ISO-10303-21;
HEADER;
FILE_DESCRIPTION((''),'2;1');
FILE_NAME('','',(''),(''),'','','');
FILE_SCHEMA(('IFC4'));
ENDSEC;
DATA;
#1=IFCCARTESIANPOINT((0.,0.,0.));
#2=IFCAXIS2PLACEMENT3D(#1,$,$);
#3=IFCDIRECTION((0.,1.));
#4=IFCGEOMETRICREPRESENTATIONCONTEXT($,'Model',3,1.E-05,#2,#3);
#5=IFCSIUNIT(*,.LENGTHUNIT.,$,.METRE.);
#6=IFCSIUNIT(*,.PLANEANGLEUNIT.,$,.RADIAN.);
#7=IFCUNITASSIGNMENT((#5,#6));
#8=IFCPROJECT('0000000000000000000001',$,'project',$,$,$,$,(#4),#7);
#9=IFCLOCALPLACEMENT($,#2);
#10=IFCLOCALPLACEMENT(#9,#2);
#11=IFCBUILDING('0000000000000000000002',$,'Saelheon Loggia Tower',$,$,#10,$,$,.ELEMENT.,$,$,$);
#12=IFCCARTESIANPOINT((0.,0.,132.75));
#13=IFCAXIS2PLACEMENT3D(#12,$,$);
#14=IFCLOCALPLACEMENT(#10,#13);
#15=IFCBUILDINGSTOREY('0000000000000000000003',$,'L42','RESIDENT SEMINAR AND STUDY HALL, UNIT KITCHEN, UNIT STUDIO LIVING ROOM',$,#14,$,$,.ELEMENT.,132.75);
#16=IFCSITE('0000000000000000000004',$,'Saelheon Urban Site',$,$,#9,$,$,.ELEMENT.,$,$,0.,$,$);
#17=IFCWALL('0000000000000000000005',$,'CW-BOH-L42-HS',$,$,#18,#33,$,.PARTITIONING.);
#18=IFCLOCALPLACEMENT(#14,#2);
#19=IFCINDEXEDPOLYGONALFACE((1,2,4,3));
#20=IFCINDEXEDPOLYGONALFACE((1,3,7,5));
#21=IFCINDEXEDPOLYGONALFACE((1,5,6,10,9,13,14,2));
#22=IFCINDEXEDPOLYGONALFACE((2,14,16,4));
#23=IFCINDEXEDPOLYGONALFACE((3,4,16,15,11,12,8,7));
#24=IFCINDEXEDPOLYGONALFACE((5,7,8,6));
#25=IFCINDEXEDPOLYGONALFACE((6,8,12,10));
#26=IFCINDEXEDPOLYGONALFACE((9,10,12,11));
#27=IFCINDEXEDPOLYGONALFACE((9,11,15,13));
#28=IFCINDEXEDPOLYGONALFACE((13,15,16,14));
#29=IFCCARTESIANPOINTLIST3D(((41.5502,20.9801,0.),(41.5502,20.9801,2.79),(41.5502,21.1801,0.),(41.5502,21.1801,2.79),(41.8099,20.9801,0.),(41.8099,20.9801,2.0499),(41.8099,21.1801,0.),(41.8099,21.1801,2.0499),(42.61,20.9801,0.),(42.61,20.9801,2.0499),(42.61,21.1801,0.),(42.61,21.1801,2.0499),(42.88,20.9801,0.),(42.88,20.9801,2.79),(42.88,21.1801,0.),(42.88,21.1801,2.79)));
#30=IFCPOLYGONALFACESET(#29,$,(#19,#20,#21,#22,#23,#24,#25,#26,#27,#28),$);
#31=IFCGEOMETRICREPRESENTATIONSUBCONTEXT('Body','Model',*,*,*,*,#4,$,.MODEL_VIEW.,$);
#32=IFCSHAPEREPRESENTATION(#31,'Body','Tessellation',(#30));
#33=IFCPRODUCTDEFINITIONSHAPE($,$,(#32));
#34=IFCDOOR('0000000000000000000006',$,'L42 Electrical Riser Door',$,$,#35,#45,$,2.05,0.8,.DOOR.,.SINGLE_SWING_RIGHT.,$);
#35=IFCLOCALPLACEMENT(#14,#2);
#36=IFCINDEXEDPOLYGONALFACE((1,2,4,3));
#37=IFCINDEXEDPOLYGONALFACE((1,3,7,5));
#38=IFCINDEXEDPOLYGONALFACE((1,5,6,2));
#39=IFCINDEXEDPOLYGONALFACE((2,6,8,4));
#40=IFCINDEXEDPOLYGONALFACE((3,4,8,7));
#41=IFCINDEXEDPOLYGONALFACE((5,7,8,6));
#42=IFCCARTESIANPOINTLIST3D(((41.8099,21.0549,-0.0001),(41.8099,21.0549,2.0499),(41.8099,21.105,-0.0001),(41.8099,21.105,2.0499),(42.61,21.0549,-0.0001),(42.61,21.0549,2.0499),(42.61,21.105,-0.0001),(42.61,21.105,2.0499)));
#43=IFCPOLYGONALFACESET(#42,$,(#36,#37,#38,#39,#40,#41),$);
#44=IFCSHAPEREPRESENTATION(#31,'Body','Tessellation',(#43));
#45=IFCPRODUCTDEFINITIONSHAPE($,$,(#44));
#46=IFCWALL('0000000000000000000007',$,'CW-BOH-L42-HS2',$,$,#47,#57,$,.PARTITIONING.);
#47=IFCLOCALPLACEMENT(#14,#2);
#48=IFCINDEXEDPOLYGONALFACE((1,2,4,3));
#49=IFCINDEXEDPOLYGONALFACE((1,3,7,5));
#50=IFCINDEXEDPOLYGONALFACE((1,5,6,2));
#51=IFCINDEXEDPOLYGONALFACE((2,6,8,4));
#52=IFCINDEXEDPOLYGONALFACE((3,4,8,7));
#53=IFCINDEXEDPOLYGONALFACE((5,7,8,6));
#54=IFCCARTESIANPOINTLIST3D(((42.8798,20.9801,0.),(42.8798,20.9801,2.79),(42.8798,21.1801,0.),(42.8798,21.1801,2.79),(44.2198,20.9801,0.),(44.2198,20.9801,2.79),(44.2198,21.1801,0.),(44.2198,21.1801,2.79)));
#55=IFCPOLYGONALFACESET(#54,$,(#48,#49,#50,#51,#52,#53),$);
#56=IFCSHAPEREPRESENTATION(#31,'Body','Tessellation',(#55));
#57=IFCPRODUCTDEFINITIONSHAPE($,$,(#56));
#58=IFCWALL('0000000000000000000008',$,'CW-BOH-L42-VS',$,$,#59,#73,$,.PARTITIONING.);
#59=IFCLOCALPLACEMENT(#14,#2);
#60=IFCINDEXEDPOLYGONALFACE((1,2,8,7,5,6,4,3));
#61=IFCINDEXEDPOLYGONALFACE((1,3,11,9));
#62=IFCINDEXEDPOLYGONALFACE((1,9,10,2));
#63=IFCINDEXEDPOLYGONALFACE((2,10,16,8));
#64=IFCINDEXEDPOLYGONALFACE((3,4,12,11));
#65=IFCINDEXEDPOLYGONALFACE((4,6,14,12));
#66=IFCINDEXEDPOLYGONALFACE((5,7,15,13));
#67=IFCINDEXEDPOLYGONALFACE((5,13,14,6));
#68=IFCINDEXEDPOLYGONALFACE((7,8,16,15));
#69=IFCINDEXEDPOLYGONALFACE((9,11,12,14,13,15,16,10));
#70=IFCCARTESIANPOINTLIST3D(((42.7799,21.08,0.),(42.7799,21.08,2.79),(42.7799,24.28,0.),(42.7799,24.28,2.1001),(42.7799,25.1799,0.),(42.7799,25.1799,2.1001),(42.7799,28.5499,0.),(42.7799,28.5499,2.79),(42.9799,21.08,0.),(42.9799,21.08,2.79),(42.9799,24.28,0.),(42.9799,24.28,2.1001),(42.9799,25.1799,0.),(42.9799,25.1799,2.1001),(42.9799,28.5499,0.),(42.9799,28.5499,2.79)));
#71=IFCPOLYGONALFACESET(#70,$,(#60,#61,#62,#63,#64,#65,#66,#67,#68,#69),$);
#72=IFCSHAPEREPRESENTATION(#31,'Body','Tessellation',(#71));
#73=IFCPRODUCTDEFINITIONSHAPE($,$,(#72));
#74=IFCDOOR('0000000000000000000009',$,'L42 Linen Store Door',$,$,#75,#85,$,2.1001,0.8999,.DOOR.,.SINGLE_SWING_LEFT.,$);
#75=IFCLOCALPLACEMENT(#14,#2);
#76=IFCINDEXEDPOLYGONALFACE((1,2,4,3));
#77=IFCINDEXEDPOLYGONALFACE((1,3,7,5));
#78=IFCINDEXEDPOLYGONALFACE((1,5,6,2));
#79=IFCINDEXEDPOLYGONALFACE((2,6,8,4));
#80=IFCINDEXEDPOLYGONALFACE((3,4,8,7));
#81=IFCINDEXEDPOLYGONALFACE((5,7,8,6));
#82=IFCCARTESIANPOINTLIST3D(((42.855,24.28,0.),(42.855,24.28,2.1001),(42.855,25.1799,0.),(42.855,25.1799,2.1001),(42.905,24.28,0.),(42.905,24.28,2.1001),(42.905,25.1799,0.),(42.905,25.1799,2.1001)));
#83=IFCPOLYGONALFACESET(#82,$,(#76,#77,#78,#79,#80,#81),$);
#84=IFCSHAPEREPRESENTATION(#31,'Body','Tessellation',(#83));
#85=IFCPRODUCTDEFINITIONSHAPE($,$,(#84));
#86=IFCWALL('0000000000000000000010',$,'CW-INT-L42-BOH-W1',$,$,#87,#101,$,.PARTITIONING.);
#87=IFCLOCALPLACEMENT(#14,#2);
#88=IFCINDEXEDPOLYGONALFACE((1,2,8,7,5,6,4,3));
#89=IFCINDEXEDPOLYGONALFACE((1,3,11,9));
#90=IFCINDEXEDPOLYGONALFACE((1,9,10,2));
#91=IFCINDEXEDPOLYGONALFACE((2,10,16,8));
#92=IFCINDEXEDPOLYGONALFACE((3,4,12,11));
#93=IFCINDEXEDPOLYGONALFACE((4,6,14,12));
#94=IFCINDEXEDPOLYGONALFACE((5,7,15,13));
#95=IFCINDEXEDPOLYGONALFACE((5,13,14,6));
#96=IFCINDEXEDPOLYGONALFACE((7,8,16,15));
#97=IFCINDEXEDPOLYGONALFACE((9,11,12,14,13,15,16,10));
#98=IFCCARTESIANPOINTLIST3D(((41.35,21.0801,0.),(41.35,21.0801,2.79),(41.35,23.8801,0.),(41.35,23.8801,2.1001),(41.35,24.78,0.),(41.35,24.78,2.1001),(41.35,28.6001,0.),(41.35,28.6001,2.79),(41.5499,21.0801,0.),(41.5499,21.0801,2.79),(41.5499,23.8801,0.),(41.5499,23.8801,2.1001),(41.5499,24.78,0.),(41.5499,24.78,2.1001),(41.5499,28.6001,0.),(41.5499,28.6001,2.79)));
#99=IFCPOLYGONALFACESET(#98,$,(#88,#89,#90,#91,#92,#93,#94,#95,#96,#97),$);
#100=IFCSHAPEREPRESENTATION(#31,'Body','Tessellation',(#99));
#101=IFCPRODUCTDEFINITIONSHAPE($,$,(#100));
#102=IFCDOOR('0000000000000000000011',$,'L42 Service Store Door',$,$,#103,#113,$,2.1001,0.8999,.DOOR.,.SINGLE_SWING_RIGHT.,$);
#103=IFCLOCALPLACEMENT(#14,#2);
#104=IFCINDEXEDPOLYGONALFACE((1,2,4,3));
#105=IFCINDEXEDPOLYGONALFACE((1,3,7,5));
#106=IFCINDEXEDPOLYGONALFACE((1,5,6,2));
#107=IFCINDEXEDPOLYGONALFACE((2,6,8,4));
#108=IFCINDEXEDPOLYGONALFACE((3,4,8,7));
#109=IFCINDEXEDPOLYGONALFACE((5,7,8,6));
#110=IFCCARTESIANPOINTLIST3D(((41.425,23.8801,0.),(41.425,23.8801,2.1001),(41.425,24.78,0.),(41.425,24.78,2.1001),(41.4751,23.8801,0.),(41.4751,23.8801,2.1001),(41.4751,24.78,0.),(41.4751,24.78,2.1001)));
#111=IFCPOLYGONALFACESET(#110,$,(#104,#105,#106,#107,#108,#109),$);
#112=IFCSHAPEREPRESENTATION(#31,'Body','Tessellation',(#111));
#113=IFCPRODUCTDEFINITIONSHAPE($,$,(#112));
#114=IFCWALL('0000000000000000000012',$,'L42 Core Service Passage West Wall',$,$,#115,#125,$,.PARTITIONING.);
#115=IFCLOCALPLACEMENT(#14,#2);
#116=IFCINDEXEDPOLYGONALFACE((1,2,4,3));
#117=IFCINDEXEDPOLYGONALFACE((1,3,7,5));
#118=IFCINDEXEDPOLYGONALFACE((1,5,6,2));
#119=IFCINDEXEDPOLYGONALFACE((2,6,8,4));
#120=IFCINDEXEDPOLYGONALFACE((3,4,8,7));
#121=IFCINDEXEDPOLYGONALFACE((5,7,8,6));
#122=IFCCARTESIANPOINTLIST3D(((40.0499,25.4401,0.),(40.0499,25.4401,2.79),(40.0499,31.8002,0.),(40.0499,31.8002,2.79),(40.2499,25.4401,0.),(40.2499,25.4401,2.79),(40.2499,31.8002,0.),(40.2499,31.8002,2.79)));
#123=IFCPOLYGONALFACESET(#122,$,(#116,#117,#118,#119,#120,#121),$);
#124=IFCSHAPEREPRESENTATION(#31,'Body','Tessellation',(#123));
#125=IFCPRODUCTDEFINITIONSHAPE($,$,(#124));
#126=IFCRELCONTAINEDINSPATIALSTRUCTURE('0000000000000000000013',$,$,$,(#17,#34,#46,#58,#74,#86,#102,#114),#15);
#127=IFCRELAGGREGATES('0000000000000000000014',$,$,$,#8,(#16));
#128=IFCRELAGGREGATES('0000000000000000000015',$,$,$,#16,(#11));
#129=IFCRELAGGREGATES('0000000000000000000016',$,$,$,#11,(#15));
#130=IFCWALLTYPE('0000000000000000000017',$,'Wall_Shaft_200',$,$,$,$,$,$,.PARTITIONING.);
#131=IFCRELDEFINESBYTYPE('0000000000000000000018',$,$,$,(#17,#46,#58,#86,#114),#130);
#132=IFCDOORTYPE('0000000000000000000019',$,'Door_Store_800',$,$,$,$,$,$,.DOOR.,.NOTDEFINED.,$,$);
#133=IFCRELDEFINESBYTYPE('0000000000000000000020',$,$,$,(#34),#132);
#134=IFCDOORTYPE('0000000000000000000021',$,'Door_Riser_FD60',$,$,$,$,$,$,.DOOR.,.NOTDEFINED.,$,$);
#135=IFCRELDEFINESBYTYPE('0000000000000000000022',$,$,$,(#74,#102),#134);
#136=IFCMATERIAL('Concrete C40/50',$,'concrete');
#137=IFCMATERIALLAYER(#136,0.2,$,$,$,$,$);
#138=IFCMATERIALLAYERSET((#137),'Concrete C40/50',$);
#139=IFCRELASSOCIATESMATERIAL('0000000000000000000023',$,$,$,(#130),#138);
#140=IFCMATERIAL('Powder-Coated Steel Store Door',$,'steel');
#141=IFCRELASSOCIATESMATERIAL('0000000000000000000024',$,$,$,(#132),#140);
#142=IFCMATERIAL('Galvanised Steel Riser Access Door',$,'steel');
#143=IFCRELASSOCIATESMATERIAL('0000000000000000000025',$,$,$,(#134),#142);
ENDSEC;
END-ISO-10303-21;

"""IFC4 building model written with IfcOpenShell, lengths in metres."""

from ifc_helpers import new_model, si_unit, direction, frame, frame_2d, origin, place, context, subcontext, project, spatial, rectangle, extrude, source, transform, mapped, material, layer, layer_set, type_object, element, fill, save


model = new_model("IFC4")

# Units and contexts
model_context = context("Model", 3, precision=1e-05, world=origin(), true_north=direction((0.0, 1.0)))
body_context = subcontext(model_context, "Body", "Model", "MODEL_VIEW")
ifc_project = project(units=[si_unit("LENGTHUNIT", "METRE"), si_unit("PLANEANGLEUNIT", "RADIAN")], contexts=[model_context])

# Site, building, storey
site_placement = place(None, origin())
site = spatial("IfcSite", under=ifc_project, at=site_placement, Name="Saelheon Urban Site", CompositionType="ELEMENT", RefElevation=0.0)
building_placement = place(site_placement, origin())
building = spatial("IfcBuilding", under=site, at=building_placement, Name="Saelheon Loggia Tower", CompositionType="ELEMENT")
storey_placement = place(building_placement, frame((0.0, 0.0, 132.75)))
storey = spatial("IfcBuildingStorey", under=building, at=storey_placement, Name="L42", Description="RESIDENT SEMINAR AND STUDY HALL, UNIT KITCHEN, UNIT STUDIO LIVING ROOM", CompositionType="ELEMENT", Elevation=132.75)

# Wall, opening, door
ifc_material_1 = material(Name="Concrete C40/50", Category="concrete")
ifc_layer = layer(ifc_material_1, 0.2)
ifc_layer_set = layer_set([ifc_layer], Name="Concrete C40/50")
wall_type = type_object("IfcWallType", Name="Wall_Shaft_200", PredefinedType="PARTITIONING", material=ifc_layer_set)
wall_1_placement = place(storey_placement, frame((41.55, 21.0801, 0.0), z_axis=(0.0, 0.0, 1.0), x_axis=(1.0, 0.0, 0.0)))
wall_1 = element("IfcWall", 1, at=wall_1_placement, inside=storey, type_object=wall_type, Name="CW-BOH-L42-HS", PredefinedType="PARTITIONING", context=body_context, shape_type="SweptSolid", body=[
    extrude(rectangle(XDim=1.3298, YDim=0.2, at=frame_2d((0.665, 0.0))), origin(), (0.0, 0.0, 1.0), 2.79),
])
opening_1_placement = place(wall_1_placement, frame((0.26, 0.0, 0.0)))
opening_1 = element("IfcOpeningElement", 2, at=opening_1_placement, cuts=wall_1, PredefinedType="OPENING", context=body_context, shape_type="SweptSolid", body=[
    extrude(rectangle(XDim=0.8, YDim=2.05, at=frame_2d((0.3999, 1.0249))), frame((0.0, 0.1121, 0.0), z_axis=(0.0, -1.0, 0.0), x_axis=(1.0, 0.0, 0.0)), (0.0, 0.0, 1.0), 0.2239),
])
ifc_material_2 = material(Name="Powder-Coated Steel Store Door", Category="steel")
door_type_1 = type_object("IfcDoorType", Name="Door_Store_800", OperationType="NOTDEFINED", PredefinedType="DOOR", material=ifc_material_2)
shared_shape_1 = source(origin(), body_context, "Body", "SweptSolid", [
    extrude(rectangle(XDim=0.8, YDim=2.05, at=frame_2d((0.3999, 1.0249))), frame((0.0, 0.0249, 0.0), z_axis=(0.0, -1.0, 0.0), x_axis=(1.0, 0.0, 0.0)), (0.0, 0.0, 1.0), 0.05),
])
door_1_placement = place(opening_1_placement, origin())
door_1 = element("IfcDoor", 3, at=door_1_placement, inside=storey, type_object=door_type_1, Name="L42 Electrical Riser Door", OperationType="SINGLE_SWING_RIGHT", OverallHeight=2.05, OverallWidth=0.8, PredefinedType="DOOR", context=body_context, shape_type="MappedRepresentation", body=[
    mapped(shared_shape_1, transform((0.0, 0.0, 0.0), scale=1.0)),
])
fill(opening_1, door_1)

# Wall
wall_2_placement = place(storey_placement, frame((42.8799, 21.0801, 0.0), z_axis=(0.0, 0.0, 1.0), x_axis=(1.0, 0.0, 0.0)))
element("IfcWall", 4, at=wall_2_placement, inside=storey, type_object=wall_type, Name="CW-BOH-L42-HS2", PredefinedType="PARTITIONING", context=body_context, shape_type="SweptSolid", body=[
    extrude(rectangle(XDim=1.3401, YDim=0.2, at=frame_2d((0.6699, 0.0))), origin(), (0.0, 0.0, 1.0), 2.79),
])

# Walls, openings, doors
wall_3_placement = place(storey_placement, frame((42.8799, 21.0801, 0.0), z_axis=(0.0, 0.0, 1.0), x_axis=(0.0, 1.0, 0.0)))
wall_3 = element("IfcWall", 5, at=wall_3_placement, inside=storey, type_object=wall_type, Name="CW-BOH-L42-VS", PredefinedType="PARTITIONING", context=body_context, shape_type="SweptSolid", body=[
    extrude(rectangle(XDim=7.47, YDim=0.2, at=frame_2d((3.7349, 0.0))), origin(), (0.0, 0.0, 1.0), 2.79),
])
opening_2_placement = place(wall_3_placement, frame((3.2, 0.0, 0.0)))
opening_2 = element("IfcOpeningElement", 6, at=opening_2_placement, cuts=wall_3, PredefinedType="OPENING", context=body_context, shape_type="SweptSolid", body=[
    extrude(rectangle(XDim=0.8999, YDim=2.1001, at=frame_2d((0.45, 1.05))), frame((0.0, 0.1121, 0.0), z_axis=(0.0, -1.0, 0.0), x_axis=(1.0, 0.0, 0.0)), (0.0, 0.0, 1.0), 0.2239),
])
ifc_material_3 = material(Name="Galvanised Steel Riser Access Door", Category="steel")
door_type_2 = type_object("IfcDoorType", Name="Door_Riser_FD60", OperationType="NOTDEFINED", PredefinedType="DOOR", material=ifc_material_3)
shared_shape_2 = source(origin(), body_context, "Body", "SweptSolid", [
    extrude(rectangle(XDim=0.8999, YDim=2.1001, at=frame_2d((0.45, 1.05))), frame((0.0, 0.0249, 0.0), z_axis=(0.0, -1.0, 0.0), x_axis=(1.0, 0.0, 0.0)), (0.0, 0.0, 1.0), 0.05),
])
door_2_placement = place(opening_2_placement, origin())
door_2 = element("IfcDoor", 7, at=door_2_placement, inside=storey, type_object=door_type_2, Name="L42 Linen Store Door", OperationType="SINGLE_SWING_LEFT", OverallHeight=2.1001, OverallWidth=0.8999, PredefinedType="DOOR", context=body_context, shape_type="MappedRepresentation", body=[
    mapped(shared_shape_2, transform((0.0, 0.0, 0.0), scale=1.0)),
])
fill(opening_2, door_2)
wall_4_placement = place(storey_placement, frame((41.45, 21.0801, 0.0), z_axis=(0.0, 0.0, 1.0), x_axis=(0.0, 1.0, 0.0)))
wall_4 = element("IfcWall", 8, at=wall_4_placement, inside=storey, type_object=wall_type, Name="CW-INT-L42-BOH-W1", PredefinedType="PARTITIONING", context=body_context, shape_type="SweptSolid", body=[
    extrude(rectangle(XDim=7.52, YDim=0.2, at=frame_2d((3.76, 0.0))), origin(), (0.0, 0.0, 1.0), 2.79),
])
opening_3_placement = place(wall_4_placement, frame((2.8, 0.0, 0.0)))
opening_3 = element("IfcOpeningElement", 9, at=opening_3_placement, cuts=wall_4, PredefinedType="OPENING", context=body_context, shape_type="SweptSolid", body=[
    extrude(rectangle(XDim=0.8999, YDim=2.1001, at=frame_2d((0.45, 1.05))), frame((0.0, 0.1121, 0.0), z_axis=(0.0, -1.0, 0.0), x_axis=(1.0, 0.0, 0.0)), (0.0, 0.0, 1.0), 0.2239),
])
door_3_placement = place(opening_3_placement, origin())
door_3 = element("IfcDoor", 10, at=door_3_placement, inside=storey, type_object=door_type_2, Name="L42 Service Store Door", OperationType="SINGLE_SWING_RIGHT", OverallHeight=2.1001, OverallWidth=0.8999, PredefinedType="DOOR", context=body_context, shape_type="MappedRepresentation", body=[
    mapped(shared_shape_2, transform((0.0, 0.0, 0.0), scale=1.0)),
])
fill(opening_3, door_3)

# Wall
wall_5_placement = place(storey_placement, frame((40.1499, 25.4399, 0.0), z_axis=(0.0, 0.0, 1.0), x_axis=(0.0, 1.0, 0.0)))
element("IfcWall", 11, at=wall_5_placement, inside=storey, type_object=wall_type, Name="L42 Core Service Passage West Wall", PredefinedType="PARTITIONING", context=body_context, shape_type="SweptSolid", body=[
    extrude(rectangle(XDim=6.3601, YDim=0.2, at=frame_2d((3.1802, 0.0))), origin(), (0.0, 0.0, 1.0), 2.79),
])

save(model, "model.ifc")
